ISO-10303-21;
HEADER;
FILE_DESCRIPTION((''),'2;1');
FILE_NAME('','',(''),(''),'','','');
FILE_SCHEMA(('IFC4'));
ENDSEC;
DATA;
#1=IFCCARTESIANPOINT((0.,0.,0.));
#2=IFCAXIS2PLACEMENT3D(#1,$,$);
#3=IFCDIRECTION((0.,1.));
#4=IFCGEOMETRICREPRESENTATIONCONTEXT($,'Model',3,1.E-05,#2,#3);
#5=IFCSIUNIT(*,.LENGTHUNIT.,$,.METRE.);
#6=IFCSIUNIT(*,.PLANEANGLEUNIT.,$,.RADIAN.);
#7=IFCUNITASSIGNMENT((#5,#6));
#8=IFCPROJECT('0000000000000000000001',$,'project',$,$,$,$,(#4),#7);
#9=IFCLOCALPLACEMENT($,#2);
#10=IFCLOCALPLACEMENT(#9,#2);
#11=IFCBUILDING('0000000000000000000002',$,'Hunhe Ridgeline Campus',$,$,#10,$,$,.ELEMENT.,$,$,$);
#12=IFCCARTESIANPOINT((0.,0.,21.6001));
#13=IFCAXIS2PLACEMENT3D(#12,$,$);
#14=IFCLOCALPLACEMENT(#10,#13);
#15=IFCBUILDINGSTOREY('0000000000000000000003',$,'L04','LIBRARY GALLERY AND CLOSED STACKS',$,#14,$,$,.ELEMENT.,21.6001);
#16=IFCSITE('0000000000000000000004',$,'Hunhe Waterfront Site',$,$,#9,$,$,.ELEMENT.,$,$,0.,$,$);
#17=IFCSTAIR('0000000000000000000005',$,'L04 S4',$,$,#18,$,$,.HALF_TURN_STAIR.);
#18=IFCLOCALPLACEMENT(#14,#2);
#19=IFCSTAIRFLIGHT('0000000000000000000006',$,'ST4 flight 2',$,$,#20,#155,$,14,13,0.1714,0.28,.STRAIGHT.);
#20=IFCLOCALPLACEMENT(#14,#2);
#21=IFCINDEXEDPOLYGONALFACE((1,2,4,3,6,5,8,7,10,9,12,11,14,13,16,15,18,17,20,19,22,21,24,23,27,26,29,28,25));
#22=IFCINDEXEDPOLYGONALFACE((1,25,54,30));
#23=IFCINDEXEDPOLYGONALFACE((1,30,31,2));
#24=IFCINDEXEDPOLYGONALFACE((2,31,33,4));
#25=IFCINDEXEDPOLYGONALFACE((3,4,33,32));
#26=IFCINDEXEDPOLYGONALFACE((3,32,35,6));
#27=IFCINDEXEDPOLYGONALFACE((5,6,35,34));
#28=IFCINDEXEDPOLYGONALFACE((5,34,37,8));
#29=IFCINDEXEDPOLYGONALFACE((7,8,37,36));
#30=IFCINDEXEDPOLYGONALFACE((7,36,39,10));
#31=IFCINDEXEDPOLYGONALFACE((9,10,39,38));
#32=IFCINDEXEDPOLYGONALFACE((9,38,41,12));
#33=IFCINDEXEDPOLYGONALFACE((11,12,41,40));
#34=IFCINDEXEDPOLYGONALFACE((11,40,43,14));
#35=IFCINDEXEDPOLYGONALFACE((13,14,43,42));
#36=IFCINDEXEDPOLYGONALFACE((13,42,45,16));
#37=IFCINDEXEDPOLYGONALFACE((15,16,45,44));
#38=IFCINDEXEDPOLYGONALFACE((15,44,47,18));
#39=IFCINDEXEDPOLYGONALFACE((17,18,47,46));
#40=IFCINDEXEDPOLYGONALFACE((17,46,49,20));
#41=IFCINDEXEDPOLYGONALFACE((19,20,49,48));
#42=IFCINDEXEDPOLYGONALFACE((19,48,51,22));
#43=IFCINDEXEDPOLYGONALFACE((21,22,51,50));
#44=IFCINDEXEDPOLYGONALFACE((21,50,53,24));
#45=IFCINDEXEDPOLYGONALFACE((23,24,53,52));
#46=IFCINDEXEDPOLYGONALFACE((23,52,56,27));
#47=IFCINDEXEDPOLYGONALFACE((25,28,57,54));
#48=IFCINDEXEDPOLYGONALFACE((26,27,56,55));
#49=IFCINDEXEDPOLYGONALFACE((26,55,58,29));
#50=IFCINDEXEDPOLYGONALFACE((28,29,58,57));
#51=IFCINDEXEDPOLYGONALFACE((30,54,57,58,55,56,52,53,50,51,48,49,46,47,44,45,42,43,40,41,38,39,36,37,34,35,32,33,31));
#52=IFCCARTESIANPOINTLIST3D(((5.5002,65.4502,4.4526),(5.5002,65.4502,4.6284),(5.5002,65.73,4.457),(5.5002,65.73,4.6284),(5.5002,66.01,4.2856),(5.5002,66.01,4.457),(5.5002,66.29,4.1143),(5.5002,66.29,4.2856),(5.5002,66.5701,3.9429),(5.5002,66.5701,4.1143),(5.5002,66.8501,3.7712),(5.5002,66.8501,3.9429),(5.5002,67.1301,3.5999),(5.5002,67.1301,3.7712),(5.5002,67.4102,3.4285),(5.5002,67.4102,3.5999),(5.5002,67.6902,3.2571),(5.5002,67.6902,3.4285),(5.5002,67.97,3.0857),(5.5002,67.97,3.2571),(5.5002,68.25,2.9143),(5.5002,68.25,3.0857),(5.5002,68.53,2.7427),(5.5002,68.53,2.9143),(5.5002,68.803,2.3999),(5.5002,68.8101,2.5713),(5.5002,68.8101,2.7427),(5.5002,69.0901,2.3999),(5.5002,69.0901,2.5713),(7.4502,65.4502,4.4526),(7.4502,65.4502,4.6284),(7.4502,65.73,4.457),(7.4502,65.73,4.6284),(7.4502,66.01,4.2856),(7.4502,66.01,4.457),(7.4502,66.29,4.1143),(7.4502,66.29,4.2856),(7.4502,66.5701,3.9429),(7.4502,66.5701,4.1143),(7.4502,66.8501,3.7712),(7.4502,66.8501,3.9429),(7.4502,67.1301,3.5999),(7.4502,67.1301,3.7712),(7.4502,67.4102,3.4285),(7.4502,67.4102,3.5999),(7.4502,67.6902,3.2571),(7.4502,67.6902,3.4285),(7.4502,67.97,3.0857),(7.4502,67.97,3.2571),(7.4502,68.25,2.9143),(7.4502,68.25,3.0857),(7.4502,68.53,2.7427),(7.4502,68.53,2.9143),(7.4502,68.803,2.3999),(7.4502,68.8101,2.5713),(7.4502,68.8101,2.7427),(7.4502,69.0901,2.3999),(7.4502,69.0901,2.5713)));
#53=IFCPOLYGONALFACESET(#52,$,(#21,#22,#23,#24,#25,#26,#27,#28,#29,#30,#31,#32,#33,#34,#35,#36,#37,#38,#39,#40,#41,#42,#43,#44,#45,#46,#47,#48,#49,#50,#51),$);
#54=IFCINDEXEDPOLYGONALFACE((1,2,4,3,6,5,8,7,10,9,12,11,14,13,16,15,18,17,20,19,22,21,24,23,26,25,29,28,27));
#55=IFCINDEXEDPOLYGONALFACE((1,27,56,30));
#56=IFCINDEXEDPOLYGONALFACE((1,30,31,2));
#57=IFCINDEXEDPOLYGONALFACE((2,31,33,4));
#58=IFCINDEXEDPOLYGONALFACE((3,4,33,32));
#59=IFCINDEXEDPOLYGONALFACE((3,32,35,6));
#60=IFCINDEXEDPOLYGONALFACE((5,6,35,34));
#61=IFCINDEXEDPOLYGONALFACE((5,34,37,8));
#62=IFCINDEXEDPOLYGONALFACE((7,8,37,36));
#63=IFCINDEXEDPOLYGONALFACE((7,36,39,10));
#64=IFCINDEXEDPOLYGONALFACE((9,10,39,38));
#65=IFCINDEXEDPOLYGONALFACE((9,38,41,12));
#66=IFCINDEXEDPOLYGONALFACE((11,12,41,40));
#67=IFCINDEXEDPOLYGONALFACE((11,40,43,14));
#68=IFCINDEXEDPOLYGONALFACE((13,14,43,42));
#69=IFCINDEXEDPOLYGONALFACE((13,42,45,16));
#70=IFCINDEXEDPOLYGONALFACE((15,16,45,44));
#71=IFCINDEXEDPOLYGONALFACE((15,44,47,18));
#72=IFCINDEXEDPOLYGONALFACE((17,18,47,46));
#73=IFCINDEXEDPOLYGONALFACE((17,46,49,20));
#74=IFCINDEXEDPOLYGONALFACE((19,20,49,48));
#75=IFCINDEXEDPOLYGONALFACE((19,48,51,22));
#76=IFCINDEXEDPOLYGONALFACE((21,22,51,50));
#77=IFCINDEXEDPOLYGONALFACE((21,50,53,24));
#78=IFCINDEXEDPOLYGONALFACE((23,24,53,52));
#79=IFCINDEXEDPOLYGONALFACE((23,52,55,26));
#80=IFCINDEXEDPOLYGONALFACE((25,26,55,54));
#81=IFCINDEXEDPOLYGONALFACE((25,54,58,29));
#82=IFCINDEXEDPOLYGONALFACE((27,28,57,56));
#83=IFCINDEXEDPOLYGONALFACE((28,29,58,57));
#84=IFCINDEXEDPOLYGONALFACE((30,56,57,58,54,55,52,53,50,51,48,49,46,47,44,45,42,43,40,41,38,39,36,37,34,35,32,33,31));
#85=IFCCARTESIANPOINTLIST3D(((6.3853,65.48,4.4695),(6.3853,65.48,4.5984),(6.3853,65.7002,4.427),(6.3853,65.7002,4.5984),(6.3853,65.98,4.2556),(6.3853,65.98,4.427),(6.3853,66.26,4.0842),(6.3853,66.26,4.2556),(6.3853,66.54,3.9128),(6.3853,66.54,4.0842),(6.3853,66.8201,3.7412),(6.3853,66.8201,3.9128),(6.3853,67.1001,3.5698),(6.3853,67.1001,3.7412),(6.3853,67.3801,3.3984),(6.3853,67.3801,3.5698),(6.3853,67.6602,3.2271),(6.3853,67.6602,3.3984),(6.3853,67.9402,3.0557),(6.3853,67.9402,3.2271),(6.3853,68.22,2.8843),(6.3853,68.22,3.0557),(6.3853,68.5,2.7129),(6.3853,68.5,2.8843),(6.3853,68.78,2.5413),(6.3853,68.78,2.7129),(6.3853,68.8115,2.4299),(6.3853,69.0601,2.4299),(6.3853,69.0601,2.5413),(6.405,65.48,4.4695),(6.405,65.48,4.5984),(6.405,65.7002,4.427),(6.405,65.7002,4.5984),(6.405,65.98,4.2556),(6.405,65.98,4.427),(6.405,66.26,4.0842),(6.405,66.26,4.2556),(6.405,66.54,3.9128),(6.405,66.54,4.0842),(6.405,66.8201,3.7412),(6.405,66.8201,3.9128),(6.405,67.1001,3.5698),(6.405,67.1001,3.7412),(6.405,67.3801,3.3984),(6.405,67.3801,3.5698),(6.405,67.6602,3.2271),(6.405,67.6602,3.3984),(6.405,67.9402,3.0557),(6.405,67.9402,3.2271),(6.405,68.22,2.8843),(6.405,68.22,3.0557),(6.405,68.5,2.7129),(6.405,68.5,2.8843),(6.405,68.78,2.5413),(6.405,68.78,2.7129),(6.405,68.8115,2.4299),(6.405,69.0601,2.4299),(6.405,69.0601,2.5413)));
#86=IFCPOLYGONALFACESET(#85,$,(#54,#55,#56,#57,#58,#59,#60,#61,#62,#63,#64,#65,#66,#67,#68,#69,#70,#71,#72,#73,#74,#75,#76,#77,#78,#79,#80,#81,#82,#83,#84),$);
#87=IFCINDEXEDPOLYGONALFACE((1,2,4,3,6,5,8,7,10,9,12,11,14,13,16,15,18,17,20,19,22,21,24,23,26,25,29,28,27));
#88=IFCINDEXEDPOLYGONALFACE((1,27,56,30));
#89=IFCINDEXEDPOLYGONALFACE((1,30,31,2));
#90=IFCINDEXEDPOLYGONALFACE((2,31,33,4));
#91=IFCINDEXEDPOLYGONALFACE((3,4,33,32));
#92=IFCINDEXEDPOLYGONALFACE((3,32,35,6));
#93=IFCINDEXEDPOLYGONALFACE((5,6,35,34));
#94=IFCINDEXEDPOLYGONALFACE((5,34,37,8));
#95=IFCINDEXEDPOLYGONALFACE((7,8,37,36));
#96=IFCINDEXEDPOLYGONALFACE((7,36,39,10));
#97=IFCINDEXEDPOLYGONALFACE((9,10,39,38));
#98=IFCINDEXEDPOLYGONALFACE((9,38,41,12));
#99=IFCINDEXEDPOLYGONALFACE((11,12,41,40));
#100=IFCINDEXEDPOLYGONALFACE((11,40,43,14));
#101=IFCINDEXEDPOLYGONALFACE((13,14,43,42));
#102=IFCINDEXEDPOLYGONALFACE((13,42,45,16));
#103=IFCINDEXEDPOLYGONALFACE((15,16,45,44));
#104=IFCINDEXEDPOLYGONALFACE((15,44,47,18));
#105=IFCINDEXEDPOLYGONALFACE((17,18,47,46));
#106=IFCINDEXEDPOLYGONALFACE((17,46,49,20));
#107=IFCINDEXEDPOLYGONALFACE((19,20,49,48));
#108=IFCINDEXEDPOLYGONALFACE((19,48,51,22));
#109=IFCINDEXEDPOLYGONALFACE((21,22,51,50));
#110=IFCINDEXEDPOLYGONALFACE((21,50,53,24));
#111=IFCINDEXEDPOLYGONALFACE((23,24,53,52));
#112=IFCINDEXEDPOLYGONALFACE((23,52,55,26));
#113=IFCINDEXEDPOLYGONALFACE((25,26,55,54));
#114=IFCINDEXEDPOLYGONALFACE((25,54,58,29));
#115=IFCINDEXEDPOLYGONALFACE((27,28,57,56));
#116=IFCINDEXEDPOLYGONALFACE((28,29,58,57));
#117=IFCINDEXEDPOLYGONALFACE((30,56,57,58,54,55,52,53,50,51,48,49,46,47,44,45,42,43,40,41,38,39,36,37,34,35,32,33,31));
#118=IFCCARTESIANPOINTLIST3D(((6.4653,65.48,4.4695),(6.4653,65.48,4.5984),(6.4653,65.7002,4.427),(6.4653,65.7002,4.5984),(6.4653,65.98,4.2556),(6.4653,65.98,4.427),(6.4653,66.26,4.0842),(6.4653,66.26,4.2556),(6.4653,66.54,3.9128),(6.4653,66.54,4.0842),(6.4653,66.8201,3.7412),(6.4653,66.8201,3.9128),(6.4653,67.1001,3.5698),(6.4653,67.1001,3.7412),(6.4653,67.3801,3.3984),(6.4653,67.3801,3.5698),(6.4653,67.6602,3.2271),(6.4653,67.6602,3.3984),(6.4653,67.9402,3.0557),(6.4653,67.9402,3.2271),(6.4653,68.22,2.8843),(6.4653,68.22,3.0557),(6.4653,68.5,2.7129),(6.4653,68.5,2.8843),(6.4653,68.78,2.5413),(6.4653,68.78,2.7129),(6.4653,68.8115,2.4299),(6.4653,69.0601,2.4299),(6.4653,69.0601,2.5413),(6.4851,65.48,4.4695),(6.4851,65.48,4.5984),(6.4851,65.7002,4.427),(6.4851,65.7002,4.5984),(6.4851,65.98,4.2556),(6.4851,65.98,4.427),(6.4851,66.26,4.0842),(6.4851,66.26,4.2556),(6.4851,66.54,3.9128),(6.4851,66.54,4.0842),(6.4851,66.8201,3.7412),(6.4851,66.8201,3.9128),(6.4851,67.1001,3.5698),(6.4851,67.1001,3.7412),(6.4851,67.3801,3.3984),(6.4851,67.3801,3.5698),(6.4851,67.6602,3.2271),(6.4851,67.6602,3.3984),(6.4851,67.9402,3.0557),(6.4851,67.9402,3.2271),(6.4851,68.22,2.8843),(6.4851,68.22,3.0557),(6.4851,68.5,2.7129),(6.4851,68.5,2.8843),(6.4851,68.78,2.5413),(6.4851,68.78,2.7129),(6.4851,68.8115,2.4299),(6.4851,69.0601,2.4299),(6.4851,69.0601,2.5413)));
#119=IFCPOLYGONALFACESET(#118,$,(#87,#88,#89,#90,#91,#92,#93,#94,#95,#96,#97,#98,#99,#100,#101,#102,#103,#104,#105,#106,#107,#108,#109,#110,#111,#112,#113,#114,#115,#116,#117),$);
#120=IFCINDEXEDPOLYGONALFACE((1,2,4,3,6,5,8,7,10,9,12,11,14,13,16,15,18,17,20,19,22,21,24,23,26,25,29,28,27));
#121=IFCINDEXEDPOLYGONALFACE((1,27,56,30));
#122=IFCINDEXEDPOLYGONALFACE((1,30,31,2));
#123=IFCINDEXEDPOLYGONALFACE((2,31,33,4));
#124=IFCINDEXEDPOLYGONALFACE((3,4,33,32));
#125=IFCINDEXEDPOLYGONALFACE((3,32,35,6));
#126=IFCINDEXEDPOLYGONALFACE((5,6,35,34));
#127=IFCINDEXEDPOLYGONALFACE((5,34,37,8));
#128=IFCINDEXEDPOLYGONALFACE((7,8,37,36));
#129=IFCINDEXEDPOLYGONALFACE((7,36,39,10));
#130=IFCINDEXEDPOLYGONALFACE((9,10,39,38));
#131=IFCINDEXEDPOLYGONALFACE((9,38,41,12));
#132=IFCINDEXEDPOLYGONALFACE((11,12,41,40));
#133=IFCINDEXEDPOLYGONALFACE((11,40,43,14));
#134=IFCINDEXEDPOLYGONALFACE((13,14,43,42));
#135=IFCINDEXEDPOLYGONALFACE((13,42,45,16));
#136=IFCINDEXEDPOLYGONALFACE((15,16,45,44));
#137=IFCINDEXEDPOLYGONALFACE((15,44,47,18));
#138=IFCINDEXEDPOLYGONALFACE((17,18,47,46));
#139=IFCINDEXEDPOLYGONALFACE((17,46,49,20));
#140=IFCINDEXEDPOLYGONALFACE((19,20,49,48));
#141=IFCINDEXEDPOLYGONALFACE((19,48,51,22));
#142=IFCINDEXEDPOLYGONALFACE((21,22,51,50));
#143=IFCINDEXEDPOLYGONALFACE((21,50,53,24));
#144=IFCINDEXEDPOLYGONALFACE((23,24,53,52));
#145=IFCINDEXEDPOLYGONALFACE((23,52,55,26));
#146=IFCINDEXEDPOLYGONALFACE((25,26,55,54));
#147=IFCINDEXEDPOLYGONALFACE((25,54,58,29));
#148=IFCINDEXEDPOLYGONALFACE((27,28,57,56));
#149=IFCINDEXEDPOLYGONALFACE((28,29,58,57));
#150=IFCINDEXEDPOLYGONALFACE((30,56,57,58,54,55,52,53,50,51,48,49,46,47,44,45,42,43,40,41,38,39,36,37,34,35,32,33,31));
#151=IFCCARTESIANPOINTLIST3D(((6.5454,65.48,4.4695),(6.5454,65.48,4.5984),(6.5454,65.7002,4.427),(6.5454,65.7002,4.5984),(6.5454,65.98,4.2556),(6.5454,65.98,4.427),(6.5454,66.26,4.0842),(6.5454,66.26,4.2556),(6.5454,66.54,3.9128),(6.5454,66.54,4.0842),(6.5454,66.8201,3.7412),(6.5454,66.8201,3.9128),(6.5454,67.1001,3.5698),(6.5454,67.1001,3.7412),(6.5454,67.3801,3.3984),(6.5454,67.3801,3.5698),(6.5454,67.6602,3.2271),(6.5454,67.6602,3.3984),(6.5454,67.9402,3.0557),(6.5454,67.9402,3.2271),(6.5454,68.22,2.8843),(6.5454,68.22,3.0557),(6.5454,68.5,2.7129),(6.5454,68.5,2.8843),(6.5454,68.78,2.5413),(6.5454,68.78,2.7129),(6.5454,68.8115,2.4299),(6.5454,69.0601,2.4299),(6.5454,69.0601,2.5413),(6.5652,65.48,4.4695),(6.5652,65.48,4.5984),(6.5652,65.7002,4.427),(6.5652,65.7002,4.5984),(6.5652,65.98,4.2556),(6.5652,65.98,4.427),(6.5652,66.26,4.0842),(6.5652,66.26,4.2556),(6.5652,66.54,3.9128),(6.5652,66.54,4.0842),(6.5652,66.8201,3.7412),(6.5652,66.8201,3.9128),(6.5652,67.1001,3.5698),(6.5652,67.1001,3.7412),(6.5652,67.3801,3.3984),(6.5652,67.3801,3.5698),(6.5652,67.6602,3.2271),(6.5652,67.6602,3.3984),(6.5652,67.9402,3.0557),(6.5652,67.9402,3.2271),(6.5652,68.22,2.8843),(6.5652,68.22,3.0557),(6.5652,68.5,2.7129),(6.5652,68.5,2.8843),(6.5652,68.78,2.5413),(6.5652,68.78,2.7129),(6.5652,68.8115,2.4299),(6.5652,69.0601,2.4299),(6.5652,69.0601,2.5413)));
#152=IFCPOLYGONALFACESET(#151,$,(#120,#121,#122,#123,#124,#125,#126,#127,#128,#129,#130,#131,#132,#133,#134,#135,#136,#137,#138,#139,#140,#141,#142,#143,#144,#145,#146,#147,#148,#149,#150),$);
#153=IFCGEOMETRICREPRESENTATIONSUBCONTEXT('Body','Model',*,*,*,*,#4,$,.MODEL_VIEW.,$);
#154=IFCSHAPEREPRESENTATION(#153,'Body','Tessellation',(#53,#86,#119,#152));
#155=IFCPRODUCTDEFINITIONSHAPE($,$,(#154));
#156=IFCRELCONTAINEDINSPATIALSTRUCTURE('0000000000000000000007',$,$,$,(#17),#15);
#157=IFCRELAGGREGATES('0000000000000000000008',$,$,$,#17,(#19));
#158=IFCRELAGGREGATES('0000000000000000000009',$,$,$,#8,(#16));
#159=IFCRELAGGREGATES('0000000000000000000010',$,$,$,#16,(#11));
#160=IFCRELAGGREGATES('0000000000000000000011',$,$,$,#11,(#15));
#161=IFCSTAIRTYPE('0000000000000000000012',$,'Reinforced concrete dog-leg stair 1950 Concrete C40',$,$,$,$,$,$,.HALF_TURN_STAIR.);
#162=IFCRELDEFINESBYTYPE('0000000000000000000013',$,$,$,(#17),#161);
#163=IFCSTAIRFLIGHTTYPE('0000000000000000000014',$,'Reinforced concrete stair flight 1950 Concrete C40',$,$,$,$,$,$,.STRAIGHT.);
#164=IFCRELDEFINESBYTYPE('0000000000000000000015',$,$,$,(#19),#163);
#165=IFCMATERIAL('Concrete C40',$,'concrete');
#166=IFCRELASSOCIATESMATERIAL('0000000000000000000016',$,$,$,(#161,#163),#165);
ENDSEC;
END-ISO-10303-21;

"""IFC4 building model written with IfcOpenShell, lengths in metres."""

from ifc_helpers import new_model, si_unit, direction, frame, origin, place, context, subcontext, project, spatial, polyline, outline, extrude, material, type_object, element, aggregate, save


model = new_model("IFC4")

# Units and contexts
model_context = context("Model", 3, precision=1e-05, world=origin(), true_north=direction((0.0, 1.0)))
body_context = subcontext(model_context, "Body", "Model", "MODEL_VIEW")
ifc_project = project(units=[si_unit("LENGTHUNIT", "METRE"), si_unit("PLANEANGLEUNIT", "RADIAN")], contexts=[model_context])

# Site, building, storey
site_placement = place(None, origin())
site = spatial("IfcSite", under=ifc_project, at=site_placement, Name="Hunhe Waterfront Site", CompositionType="ELEMENT", RefElevation=0.0)
building_placement = place(site_placement, origin())
building = spatial("IfcBuilding", under=site, at=building_placement, Name="Hunhe Ridgeline Campus", CompositionType="ELEMENT")
storey_placement = place(building_placement, frame((0.0, 0.0, 21.6001)))
storey = spatial("IfcBuildingStorey", under=building, at=storey_placement, Name="L04", Description="LIBRARY GALLERY AND CLOSED STACKS", CompositionType="ELEMENT", Elevation=21.6001)

# Stair, stair flight
ifc_material_1 = material(Name="Concrete C40", Category="concrete")
stair_type = type_object("IfcStairType", Name="Reinforced concrete dog-leg stair 1950 Concrete C40", PredefinedType="HALF_TURN_STAIR", material=ifc_material_1)
stair_flight_type = type_object("IfcStairFlightType", Name="Reinforced concrete stair flight 1950 Concrete C40", PredefinedType="STRAIGHT", material=ifc_material_1)
stair_1_placement = place(storey_placement, origin())
stair_1 = element("IfcStair", 1, at=stair_1_placement, inside=storey, type_object=stair_type, Name="L04 S4", PredefinedType="HALF_TURN_STAIR")
stair_flight_1_placement = place(storey_placement, frame((6.4751, 69.0901, 2.3999), z_axis=(0.0, 0.0, 1.0), x_axis=(0.0, -1.0, 0.0)))
stair_flight_1 = element("IfcStairFlight", 2, at=stair_flight_1_placement, type_object=stair_flight_type, Name="ST4 flight 2", NumberOfRisers=14, NumberOfTreads=13, PredefinedType="STRAIGHT", RiserHeight=0.1714, TreadLength=0.28, context=body_context, shape_type="SweptSolid", body=[
    extrude(outline(polyline([(0.0, 0.0), (0.0, 0.1714), (0.28, 0.1714), (0.28, 0.3428), (0.5601, 0.3428), (0.5601, 0.5144), (0.8401, 0.5144), (0.8401, 0.6858), (1.1201, 0.6858), (1.1201, 0.8572), (1.3999, 0.8572), (1.3999, 1.0286), (1.6799, 1.0286), (1.6799, 1.2), (1.96, 1.2), (1.96, 1.3713), (2.24, 1.3713), (2.24, 1.543), (2.52, 1.543), (2.52, 1.7144), (2.8, 1.7144), (2.8, 1.8857), (3.0801, 1.8857), (3.0801, 2.0571), (3.3601, 2.0571), (3.3601, 2.2285), (3.6399, 2.2285), (3.6399, 2.3999), (3.6399, 2.0527), (0.2871, 0.0), (0.0, 0.0)])), frame((0.0, 0.9751, 0.0), z_axis=(0.0, -1.0, 0.0), x_axis=(1.0, 0.0, 0.0)), (0.0, 0.0, 1.0), 1.95),
    extrude(outline(polyline([(0.03, 0.03), (0.03, 0.1414), (0.3101, 0.1414), (0.3101, 0.313), (0.5901, 0.313), (0.5901, 0.4844), (0.8701, 0.4844), (0.8701, 0.6558), (1.1499, 0.6558), (1.1499, 0.8271), (1.4299, 0.8271), (1.4299, 0.9985), (1.71, 0.9985), (1.71, 1.1699), (1.99, 1.1699), (1.99, 1.3413), (2.27, 1.3413), (2.27, 1.5129), (2.55, 1.5129), (2.55, 1.6843), (2.8301, 1.6843), (2.8301, 1.8557), (3.1101, 1.8557), (3.1101, 2.0271), (3.3899, 2.0271), (3.3899, 2.1985), (3.6101, 2.1985), (3.6101, 2.0696), (0.2786, 0.03), (0.03, 0.03)])), frame((0.0, -0.0701, 0.0), z_axis=(0.0, -1.0, 0.0), x_axis=(1.0, 0.0, 0.0)), (0.0, 0.0, 1.0), 0.0198),
    extrude(outline(polyline([(0.03, 0.03), (0.03, 0.1414), (0.3101, 0.1414), (0.3101, 0.313), (0.5901, 0.313), (0.5901, 0.4844), (0.8701, 0.4844), (0.8701, 0.6558), (1.1499, 0.6558), (1.1499, 0.8271), (1.4299, 0.8271), (1.4299, 0.9985), (1.71, 0.9985), (1.71, 1.1699), (1.99, 1.1699), (1.99, 1.3413), (2.27, 1.3413), (2.27, 1.5129), (2.55, 1.5129), (2.55, 1.6843), (2.8301, 1.6843), (2.8301, 1.8557), (3.1101, 1.8557), (3.1101, 2.0271), (3.3899, 2.0271), (3.3899, 2.1985), (3.6101, 2.1985), (3.6101, 2.0696), (0.2786, 0.03), (0.03, 0.03)])), frame((0.0, 0.01, 0.0), z_axis=(0.0, -1.0, 0.0), x_axis=(1.0, 0.0, 0.0)), (0.0, 0.0, 1.0), 0.0198),
    extrude(outline(polyline([(0.03, 0.03), (0.03, 0.1414), (0.3101, 0.1414), (0.3101, 0.313), (0.5901, 0.313), (0.5901, 0.4844), (0.8701, 0.4844), (0.8701, 0.6558), (1.1499, 0.6558), (1.1499, 0.8271), (1.4299, 0.8271), (1.4299, 0.9985), (1.71, 0.9985), (1.71, 1.1699), (1.99, 1.1699), (1.99, 1.3413), (2.27, 1.3413), (2.27, 1.5129), (2.55, 1.5129), (2.55, 1.6843), (2.8301, 1.6843), (2.8301, 1.8557), (3.1101, 1.8557), (3.1101, 2.0271), (3.3899, 2.0271), (3.3899, 2.1985), (3.6101, 2.1985), (3.6101, 2.0696), (0.2786, 0.03), (0.03, 0.03)])), frame((0.0, 0.0901, 0.0), z_axis=(0.0, -1.0, 0.0), x_axis=(1.0, 0.0, 0.0)), (0.0, 0.0, 1.0), 0.0198),
])
aggregate(stair_1, [stair_flight_1])

save(model, "model.ifc")
